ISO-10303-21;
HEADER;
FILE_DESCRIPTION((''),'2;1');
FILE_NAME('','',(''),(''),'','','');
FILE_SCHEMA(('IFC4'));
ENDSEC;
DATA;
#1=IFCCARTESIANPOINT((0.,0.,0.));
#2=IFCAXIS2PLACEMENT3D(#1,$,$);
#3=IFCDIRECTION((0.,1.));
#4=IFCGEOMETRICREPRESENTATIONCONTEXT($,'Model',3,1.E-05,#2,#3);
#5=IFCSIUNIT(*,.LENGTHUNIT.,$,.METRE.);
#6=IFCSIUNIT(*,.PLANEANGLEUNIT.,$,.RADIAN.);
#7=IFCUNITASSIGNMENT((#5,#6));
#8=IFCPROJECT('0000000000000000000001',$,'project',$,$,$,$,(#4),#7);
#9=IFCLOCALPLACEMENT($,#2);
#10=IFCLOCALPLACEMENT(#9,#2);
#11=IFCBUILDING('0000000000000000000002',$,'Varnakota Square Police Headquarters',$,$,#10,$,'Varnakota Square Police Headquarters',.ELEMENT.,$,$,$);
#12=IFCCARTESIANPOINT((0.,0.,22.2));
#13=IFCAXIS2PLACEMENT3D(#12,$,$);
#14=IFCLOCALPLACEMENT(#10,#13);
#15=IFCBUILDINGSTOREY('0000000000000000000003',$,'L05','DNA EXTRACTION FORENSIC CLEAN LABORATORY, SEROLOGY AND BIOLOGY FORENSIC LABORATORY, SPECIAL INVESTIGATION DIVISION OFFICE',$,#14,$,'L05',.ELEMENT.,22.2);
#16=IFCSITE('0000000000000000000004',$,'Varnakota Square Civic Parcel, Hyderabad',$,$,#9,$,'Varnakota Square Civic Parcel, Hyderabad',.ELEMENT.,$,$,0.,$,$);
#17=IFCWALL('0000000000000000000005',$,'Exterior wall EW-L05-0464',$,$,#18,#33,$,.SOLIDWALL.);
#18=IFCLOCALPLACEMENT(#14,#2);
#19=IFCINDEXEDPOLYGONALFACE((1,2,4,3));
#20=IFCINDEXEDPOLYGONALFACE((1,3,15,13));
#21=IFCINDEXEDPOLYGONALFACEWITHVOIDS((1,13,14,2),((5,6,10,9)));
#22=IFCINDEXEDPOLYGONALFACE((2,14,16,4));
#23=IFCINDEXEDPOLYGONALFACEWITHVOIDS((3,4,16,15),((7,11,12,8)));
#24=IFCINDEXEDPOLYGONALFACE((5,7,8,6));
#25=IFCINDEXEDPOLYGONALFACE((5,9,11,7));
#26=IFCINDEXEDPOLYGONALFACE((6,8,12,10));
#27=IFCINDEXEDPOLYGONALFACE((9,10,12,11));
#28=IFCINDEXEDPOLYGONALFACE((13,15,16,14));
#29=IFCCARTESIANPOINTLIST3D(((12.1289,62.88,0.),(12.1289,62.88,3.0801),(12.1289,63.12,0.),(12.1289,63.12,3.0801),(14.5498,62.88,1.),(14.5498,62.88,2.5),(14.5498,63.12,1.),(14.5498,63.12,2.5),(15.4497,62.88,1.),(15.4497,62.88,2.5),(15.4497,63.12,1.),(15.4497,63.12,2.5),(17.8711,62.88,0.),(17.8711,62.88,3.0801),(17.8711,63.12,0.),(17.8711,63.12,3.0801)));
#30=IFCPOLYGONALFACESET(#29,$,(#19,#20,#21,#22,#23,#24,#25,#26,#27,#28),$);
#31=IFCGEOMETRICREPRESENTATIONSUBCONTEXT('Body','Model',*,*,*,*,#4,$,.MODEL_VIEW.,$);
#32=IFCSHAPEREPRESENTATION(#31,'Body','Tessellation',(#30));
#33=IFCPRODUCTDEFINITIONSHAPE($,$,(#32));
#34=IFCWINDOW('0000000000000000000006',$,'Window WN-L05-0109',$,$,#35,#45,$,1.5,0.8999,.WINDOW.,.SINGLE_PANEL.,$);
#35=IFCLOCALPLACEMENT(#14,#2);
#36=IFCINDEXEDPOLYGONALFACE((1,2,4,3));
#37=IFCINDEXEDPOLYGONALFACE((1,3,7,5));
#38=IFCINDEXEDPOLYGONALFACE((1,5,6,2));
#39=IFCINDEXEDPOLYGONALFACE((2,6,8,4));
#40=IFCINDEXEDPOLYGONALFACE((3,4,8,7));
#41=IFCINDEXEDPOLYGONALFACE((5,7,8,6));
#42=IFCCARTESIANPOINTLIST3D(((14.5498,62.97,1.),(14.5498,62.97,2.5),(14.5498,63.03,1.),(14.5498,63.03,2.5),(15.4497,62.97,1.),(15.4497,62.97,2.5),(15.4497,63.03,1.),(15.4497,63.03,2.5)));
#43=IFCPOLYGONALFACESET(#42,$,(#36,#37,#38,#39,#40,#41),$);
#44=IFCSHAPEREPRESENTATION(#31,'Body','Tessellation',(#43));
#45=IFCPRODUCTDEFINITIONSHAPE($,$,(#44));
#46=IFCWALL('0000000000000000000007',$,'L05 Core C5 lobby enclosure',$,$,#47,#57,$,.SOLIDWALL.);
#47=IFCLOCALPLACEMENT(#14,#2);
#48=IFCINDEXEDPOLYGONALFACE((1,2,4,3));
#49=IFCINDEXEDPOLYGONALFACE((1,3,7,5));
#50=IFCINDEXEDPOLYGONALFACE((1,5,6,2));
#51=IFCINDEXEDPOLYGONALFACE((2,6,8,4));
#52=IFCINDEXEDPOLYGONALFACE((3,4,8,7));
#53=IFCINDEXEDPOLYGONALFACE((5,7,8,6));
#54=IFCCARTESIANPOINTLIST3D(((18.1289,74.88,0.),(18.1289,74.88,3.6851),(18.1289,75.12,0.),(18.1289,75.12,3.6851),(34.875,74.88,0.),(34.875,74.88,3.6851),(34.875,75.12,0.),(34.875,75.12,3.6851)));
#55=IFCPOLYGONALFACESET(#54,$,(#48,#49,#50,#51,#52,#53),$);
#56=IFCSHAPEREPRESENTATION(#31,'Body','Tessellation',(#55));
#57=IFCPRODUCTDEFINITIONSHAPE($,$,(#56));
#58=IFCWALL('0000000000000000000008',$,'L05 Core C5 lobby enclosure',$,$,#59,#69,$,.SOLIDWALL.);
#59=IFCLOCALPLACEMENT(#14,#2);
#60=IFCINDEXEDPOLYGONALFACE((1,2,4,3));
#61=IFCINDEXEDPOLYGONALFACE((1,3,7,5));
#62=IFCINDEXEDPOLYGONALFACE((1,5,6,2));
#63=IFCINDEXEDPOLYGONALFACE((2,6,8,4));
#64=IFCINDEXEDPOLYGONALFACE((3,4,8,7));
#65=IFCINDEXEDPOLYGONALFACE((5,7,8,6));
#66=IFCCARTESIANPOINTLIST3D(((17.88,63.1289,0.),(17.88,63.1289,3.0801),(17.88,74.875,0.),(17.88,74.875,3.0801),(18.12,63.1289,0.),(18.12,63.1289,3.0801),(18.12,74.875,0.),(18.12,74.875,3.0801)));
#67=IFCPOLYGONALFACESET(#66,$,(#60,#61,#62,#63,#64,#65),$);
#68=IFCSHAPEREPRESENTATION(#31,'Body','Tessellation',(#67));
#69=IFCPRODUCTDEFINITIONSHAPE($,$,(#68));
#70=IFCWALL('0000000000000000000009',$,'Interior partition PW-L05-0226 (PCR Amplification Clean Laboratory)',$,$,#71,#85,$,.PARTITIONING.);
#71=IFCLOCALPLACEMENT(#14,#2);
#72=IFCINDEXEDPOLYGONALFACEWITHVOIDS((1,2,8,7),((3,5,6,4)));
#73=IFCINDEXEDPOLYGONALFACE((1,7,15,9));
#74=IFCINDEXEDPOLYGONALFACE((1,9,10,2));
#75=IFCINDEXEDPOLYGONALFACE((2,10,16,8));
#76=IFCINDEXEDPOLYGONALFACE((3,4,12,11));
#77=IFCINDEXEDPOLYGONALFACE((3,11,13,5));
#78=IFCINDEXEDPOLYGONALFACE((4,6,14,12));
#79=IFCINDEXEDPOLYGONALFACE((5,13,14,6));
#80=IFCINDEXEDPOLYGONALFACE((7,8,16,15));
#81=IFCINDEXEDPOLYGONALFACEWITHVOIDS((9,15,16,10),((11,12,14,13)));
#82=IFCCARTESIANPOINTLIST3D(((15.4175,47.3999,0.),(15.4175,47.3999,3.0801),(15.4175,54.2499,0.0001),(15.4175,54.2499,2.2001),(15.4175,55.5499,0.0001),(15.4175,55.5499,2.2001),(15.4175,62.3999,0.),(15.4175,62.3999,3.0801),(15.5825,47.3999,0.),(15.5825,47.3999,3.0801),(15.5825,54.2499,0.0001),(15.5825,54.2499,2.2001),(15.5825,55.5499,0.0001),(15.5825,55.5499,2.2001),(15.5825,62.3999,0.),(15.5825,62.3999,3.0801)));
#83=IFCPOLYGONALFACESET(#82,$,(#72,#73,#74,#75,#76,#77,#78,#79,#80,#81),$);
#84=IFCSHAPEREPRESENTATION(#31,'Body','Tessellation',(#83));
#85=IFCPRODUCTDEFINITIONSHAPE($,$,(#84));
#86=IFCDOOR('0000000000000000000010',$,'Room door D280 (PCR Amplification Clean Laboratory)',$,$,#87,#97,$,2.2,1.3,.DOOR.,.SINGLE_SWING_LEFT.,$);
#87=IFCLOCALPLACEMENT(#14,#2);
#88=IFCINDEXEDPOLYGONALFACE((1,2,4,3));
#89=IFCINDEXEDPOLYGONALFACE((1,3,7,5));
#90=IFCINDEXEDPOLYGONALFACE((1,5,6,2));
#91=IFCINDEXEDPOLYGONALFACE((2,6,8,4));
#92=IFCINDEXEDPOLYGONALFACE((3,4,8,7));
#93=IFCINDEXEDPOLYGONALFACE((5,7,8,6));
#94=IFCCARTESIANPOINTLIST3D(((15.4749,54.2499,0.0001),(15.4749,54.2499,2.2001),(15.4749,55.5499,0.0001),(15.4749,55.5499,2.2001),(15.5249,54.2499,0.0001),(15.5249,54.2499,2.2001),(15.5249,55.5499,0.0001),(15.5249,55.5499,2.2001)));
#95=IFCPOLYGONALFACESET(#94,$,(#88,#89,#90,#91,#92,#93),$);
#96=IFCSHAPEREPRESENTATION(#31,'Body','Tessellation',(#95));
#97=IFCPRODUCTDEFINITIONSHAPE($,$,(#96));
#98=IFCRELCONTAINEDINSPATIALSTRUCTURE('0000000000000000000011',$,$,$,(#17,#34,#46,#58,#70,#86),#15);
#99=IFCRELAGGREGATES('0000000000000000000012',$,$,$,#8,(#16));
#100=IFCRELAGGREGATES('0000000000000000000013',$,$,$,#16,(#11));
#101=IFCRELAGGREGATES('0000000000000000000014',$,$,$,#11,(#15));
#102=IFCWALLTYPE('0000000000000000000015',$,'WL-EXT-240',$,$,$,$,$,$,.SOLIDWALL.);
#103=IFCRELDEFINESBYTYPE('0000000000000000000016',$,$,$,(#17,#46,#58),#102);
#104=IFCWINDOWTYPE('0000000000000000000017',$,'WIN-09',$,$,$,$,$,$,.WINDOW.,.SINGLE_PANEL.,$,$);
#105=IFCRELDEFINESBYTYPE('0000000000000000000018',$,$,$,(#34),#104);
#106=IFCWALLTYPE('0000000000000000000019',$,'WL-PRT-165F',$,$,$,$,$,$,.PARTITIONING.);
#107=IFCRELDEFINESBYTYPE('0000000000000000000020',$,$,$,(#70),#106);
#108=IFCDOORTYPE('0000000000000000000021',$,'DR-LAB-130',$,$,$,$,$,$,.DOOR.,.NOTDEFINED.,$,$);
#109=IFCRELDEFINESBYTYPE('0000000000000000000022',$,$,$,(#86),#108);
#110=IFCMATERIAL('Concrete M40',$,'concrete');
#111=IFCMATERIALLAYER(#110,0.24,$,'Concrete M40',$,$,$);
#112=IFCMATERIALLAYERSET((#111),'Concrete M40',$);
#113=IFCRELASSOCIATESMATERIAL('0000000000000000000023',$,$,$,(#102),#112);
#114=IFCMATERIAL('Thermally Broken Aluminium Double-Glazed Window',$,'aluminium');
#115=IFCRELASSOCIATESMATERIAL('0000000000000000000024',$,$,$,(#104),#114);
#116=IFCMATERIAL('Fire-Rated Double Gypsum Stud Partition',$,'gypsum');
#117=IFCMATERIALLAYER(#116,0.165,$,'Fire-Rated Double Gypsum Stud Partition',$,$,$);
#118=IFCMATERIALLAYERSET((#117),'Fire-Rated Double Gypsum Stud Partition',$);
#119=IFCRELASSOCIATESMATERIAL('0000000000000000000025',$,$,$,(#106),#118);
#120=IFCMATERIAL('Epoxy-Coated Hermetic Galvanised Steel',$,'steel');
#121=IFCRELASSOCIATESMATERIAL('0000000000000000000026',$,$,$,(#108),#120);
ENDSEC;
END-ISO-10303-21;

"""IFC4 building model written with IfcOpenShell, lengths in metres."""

from ifc_helpers import new_model, si_unit, direction, frame, frame_2d, origin, place, context, subcontext, project, spatial, rectangle, extrude, material, layer, layer_set, type_object, element, fill, save


model = new_model("IFC4")

# Units and contexts
model_context = context("Model", 3, precision=1e-05, world=origin(), true_north=direction((0.0, 1.0)))
body_context = subcontext(model_context, "Body", "Model", "MODEL_VIEW")
ifc_project = project(units=[si_unit("LENGTHUNIT", "METRE"), si_unit("PLANEANGLEUNIT", "RADIAN")], contexts=[model_context])

# Site, building, storey
site_placement = place(None, origin())
site = spatial("IfcSite", under=ifc_project, at=site_placement, Name="Varnakota Square Civic Parcel, Hyderabad", LongName="Varnakota Square Civic Parcel, Hyderabad", CompositionType="ELEMENT", RefElevation=0.0)
building_placement = place(site_placement, origin())
building = spatial("IfcBuilding", under=site, at=building_placement, Name="Varnakota Square Police Headquarters", LongName="Varnakota Square Police Headquarters", CompositionType="ELEMENT")
storey_placement = place(building_placement, frame((0.0, 0.0, 22.2)))
storey = spatial("IfcBuildingStorey", under=building, at=storey_placement, Name="L05", Description="DNA EXTRACTION FORENSIC CLEAN LABORATORY, SEROLOGY AND BIOLOGY FORENSIC LABORATORY, SPECIAL INVESTIGATION DIVISION OFFICE", LongName="L05", CompositionType="ELEMENT", Elevation=22.2)

# Shared definitions
ifc_material_1 = material(Name="Concrete M40", Category="concrete")
ifc_layer_1 = layer(ifc_material_1, 0.24, Name="Concrete M40")
ifc_layer_set_1 = layer_set([ifc_layer_1], Name="Concrete M40")
wall_type_1 = type_object("IfcWallType", Name="WL-EXT-240", PredefinedType="SOLIDWALL", material=ifc_layer_set_1)

# Wall, opening, window
ifc_material_2 = material(Name="Thermally Broken Aluminium Double-Glazed Window", Category="aluminium")
window_type = type_object("IfcWindowType", Name="WIN-09", PartitioningType="SINGLE_PANEL", PredefinedType="WINDOW", material=ifc_material_2)
wall_1_placement = place(storey_placement, frame((12.1289, 63.0, 0.0), z_axis=(0.0, 0.0, 1.0), x_axis=(1.0, 0.0, 0.0)))
wall_1 = element("IfcWall", 1, at=wall_1_placement, inside=storey, type_object=wall_type_1, Name="Exterior wall EW-L05-0464", PredefinedType="SOLIDWALL", context=body_context, shape_type="SweptSolid", body=[
    extrude(rectangle(XDim=5.7422, YDim=0.24, at=frame_2d((2.8711, 0.0))), origin(), (0.0, 0.0, 1.0), 3.0801),
])
opening_1_placement = place(wall_1_placement, frame((2.4209, 0.0, 1.0)))
opening_1 = element("IfcOpeningElement", 2, at=opening_1_placement, cuts=wall_1, PredefinedType="OPENING", context=body_context, shape_type="SweptSolid", body=[
    extrude(rectangle(XDim=0.8999, YDim=1.5, at=frame_2d((0.45, 0.75))), frame((0.0, 0.1299, 0.0), z_axis=(0.0, -1.0, 0.0), x_axis=(1.0, 0.0, 0.0)), (0.0, 0.0, 1.0), 0.26),
])
window_1_placement = place(opening_1_placement, origin())
window_1 = element("IfcWindow", 3, at=window_1_placement, inside=storey, type_object=window_type, Name="Window WN-L05-0109", OverallHeight=1.5, OverallWidth=0.8999, PartitioningType="SINGLE_PANEL", PredefinedType="WINDOW", context=body_context, shape_type="SweptSolid", body=[
    extrude(rectangle(XDim=0.8999, YDim=1.5, at=frame_2d((0.45, 0.75))), frame((0.0, 0.03, 0.0), z_axis=(0.0, -1.0, 0.0), x_axis=(1.0, 0.0, 0.0)), (0.0, 0.0, 1.0), 0.0601),
])
fill(opening_1, window_1)

# Walls
wall_2_placement = place(storey_placement, frame((18.1289, 75.0, 0.0), z_axis=(0.0, 0.0, 1.0), x_axis=(1.0, 0.0, 0.0)))
element("IfcWall", 4, at=wall_2_placement, inside=storey, type_object=wall_type_1, Name="L05 Core C5 lobby enclosure", PredefinedType="SOLIDWALL", context=body_context, shape_type="SweptSolid", body=[
    extrude(rectangle(XDim=16.7461, YDim=0.24, at=frame_2d((8.373, 0.0))), origin(), (0.0, 0.0, 1.0), 3.6851),
])
wall_3_placement = place(storey_placement, frame((18.0, 63.1289, 0.0), z_axis=(0.0, 0.0, 1.0), x_axis=(0.0, 1.0, 0.0)))
element("IfcWall", 5, at=wall_3_placement, inside=storey, type_object=wall_type_1, Name="L05 Core C5 lobby enclosure", PredefinedType="SOLIDWALL", context=body_context, shape_type="SweptSolid", body=[
    extrude(rectangle(XDim=11.7461, YDim=0.24, at=frame_2d((5.873, 0.0))), origin(), (0.0, 0.0, 1.0), 3.0801),
])

# Wall, opening, door
ifc_material_3 = material(Name="Fire-Rated Double Gypsum Stud Partition", Category="gypsum")
ifc_layer_2 = layer(ifc_material_3, 0.165, Name="Fire-Rated Double Gypsum Stud Partition")
ifc_layer_set_2 = layer_set([ifc_layer_2], Name="Fire-Rated Double Gypsum Stud Partition")
wall_type_2 = type_object("IfcWallType", Name="WL-PRT-165F", PredefinedType="PARTITIONING", material=ifc_layer_set_2)
wall_4_placement = place(storey_placement, frame((15.5, 62.3999, 0.0), z_axis=(0.0, 0.0, 1.0), x_axis=(0.0, -1.0, 0.0)))
wall_4 = element("IfcWall", 6, at=wall_4_placement, inside=storey, type_object=wall_type_2, Name="Interior partition PW-L05-0226 (PCR Amplification Clean Laboratory)", PredefinedType="PARTITIONING", context=body_context, shape_type="SweptSolid", body=[
    extrude(rectangle(XDim=15.0, YDim=0.165, at=frame_2d((7.5, 0.0))), origin(), (0.0, 0.0, 1.0), 3.0801),
])
opening_2_placement = place(wall_4_placement, frame((6.8501, 0.0, 0.0)))
opening_2 = element("IfcOpeningElement", 7, at=opening_2_placement, cuts=wall_4, PredefinedType="OPENING", context=body_context, shape_type="SweptSolid", body=[
    extrude(rectangle(XDim=1.3, YDim=2.2, at=frame_2d((0.6499, 1.1001))), frame((0.0, 0.0925, 0.0), z_axis=(0.0, -1.0, 0.0), x_axis=(1.0, 0.0, 0.0)), (0.0, 0.0, 1.0), 0.1851),
])
ifc_material_4 = material(Name="Epoxy-Coated Hermetic Galvanised Steel", Category="steel")
door_type_1 = type_object("IfcDoorType", Name="DR-LAB-130", OperationType="NOTDEFINED", PredefinedType="DOOR", material=ifc_material_4)
door_1_placement = place(opening_2_placement, origin())
door_1 = element("IfcDoor", 8, at=door_1_placement, inside=storey, type_object=door_type_1, Name="Room door D280 (PCR Amplification Clean Laboratory)", OperationType="SINGLE_SWING_LEFT", OverallHeight=2.2, OverallWidth=1.3, PredefinedType="DOOR", context=body_context, shape_type="SweptSolid", body=[
    extrude(rectangle(XDim=1.3, YDim=2.2, at=frame_2d((0.6499, 1.1001))), frame((0.0, 0.0249, 0.0), z_axis=(0.0, -1.0, 0.0), x_axis=(1.0, 0.0, 0.0)), (0.0, 0.0, 1.0), 0.05),
])
fill(opening_2, door_1)

save(model, "model.ifc")
